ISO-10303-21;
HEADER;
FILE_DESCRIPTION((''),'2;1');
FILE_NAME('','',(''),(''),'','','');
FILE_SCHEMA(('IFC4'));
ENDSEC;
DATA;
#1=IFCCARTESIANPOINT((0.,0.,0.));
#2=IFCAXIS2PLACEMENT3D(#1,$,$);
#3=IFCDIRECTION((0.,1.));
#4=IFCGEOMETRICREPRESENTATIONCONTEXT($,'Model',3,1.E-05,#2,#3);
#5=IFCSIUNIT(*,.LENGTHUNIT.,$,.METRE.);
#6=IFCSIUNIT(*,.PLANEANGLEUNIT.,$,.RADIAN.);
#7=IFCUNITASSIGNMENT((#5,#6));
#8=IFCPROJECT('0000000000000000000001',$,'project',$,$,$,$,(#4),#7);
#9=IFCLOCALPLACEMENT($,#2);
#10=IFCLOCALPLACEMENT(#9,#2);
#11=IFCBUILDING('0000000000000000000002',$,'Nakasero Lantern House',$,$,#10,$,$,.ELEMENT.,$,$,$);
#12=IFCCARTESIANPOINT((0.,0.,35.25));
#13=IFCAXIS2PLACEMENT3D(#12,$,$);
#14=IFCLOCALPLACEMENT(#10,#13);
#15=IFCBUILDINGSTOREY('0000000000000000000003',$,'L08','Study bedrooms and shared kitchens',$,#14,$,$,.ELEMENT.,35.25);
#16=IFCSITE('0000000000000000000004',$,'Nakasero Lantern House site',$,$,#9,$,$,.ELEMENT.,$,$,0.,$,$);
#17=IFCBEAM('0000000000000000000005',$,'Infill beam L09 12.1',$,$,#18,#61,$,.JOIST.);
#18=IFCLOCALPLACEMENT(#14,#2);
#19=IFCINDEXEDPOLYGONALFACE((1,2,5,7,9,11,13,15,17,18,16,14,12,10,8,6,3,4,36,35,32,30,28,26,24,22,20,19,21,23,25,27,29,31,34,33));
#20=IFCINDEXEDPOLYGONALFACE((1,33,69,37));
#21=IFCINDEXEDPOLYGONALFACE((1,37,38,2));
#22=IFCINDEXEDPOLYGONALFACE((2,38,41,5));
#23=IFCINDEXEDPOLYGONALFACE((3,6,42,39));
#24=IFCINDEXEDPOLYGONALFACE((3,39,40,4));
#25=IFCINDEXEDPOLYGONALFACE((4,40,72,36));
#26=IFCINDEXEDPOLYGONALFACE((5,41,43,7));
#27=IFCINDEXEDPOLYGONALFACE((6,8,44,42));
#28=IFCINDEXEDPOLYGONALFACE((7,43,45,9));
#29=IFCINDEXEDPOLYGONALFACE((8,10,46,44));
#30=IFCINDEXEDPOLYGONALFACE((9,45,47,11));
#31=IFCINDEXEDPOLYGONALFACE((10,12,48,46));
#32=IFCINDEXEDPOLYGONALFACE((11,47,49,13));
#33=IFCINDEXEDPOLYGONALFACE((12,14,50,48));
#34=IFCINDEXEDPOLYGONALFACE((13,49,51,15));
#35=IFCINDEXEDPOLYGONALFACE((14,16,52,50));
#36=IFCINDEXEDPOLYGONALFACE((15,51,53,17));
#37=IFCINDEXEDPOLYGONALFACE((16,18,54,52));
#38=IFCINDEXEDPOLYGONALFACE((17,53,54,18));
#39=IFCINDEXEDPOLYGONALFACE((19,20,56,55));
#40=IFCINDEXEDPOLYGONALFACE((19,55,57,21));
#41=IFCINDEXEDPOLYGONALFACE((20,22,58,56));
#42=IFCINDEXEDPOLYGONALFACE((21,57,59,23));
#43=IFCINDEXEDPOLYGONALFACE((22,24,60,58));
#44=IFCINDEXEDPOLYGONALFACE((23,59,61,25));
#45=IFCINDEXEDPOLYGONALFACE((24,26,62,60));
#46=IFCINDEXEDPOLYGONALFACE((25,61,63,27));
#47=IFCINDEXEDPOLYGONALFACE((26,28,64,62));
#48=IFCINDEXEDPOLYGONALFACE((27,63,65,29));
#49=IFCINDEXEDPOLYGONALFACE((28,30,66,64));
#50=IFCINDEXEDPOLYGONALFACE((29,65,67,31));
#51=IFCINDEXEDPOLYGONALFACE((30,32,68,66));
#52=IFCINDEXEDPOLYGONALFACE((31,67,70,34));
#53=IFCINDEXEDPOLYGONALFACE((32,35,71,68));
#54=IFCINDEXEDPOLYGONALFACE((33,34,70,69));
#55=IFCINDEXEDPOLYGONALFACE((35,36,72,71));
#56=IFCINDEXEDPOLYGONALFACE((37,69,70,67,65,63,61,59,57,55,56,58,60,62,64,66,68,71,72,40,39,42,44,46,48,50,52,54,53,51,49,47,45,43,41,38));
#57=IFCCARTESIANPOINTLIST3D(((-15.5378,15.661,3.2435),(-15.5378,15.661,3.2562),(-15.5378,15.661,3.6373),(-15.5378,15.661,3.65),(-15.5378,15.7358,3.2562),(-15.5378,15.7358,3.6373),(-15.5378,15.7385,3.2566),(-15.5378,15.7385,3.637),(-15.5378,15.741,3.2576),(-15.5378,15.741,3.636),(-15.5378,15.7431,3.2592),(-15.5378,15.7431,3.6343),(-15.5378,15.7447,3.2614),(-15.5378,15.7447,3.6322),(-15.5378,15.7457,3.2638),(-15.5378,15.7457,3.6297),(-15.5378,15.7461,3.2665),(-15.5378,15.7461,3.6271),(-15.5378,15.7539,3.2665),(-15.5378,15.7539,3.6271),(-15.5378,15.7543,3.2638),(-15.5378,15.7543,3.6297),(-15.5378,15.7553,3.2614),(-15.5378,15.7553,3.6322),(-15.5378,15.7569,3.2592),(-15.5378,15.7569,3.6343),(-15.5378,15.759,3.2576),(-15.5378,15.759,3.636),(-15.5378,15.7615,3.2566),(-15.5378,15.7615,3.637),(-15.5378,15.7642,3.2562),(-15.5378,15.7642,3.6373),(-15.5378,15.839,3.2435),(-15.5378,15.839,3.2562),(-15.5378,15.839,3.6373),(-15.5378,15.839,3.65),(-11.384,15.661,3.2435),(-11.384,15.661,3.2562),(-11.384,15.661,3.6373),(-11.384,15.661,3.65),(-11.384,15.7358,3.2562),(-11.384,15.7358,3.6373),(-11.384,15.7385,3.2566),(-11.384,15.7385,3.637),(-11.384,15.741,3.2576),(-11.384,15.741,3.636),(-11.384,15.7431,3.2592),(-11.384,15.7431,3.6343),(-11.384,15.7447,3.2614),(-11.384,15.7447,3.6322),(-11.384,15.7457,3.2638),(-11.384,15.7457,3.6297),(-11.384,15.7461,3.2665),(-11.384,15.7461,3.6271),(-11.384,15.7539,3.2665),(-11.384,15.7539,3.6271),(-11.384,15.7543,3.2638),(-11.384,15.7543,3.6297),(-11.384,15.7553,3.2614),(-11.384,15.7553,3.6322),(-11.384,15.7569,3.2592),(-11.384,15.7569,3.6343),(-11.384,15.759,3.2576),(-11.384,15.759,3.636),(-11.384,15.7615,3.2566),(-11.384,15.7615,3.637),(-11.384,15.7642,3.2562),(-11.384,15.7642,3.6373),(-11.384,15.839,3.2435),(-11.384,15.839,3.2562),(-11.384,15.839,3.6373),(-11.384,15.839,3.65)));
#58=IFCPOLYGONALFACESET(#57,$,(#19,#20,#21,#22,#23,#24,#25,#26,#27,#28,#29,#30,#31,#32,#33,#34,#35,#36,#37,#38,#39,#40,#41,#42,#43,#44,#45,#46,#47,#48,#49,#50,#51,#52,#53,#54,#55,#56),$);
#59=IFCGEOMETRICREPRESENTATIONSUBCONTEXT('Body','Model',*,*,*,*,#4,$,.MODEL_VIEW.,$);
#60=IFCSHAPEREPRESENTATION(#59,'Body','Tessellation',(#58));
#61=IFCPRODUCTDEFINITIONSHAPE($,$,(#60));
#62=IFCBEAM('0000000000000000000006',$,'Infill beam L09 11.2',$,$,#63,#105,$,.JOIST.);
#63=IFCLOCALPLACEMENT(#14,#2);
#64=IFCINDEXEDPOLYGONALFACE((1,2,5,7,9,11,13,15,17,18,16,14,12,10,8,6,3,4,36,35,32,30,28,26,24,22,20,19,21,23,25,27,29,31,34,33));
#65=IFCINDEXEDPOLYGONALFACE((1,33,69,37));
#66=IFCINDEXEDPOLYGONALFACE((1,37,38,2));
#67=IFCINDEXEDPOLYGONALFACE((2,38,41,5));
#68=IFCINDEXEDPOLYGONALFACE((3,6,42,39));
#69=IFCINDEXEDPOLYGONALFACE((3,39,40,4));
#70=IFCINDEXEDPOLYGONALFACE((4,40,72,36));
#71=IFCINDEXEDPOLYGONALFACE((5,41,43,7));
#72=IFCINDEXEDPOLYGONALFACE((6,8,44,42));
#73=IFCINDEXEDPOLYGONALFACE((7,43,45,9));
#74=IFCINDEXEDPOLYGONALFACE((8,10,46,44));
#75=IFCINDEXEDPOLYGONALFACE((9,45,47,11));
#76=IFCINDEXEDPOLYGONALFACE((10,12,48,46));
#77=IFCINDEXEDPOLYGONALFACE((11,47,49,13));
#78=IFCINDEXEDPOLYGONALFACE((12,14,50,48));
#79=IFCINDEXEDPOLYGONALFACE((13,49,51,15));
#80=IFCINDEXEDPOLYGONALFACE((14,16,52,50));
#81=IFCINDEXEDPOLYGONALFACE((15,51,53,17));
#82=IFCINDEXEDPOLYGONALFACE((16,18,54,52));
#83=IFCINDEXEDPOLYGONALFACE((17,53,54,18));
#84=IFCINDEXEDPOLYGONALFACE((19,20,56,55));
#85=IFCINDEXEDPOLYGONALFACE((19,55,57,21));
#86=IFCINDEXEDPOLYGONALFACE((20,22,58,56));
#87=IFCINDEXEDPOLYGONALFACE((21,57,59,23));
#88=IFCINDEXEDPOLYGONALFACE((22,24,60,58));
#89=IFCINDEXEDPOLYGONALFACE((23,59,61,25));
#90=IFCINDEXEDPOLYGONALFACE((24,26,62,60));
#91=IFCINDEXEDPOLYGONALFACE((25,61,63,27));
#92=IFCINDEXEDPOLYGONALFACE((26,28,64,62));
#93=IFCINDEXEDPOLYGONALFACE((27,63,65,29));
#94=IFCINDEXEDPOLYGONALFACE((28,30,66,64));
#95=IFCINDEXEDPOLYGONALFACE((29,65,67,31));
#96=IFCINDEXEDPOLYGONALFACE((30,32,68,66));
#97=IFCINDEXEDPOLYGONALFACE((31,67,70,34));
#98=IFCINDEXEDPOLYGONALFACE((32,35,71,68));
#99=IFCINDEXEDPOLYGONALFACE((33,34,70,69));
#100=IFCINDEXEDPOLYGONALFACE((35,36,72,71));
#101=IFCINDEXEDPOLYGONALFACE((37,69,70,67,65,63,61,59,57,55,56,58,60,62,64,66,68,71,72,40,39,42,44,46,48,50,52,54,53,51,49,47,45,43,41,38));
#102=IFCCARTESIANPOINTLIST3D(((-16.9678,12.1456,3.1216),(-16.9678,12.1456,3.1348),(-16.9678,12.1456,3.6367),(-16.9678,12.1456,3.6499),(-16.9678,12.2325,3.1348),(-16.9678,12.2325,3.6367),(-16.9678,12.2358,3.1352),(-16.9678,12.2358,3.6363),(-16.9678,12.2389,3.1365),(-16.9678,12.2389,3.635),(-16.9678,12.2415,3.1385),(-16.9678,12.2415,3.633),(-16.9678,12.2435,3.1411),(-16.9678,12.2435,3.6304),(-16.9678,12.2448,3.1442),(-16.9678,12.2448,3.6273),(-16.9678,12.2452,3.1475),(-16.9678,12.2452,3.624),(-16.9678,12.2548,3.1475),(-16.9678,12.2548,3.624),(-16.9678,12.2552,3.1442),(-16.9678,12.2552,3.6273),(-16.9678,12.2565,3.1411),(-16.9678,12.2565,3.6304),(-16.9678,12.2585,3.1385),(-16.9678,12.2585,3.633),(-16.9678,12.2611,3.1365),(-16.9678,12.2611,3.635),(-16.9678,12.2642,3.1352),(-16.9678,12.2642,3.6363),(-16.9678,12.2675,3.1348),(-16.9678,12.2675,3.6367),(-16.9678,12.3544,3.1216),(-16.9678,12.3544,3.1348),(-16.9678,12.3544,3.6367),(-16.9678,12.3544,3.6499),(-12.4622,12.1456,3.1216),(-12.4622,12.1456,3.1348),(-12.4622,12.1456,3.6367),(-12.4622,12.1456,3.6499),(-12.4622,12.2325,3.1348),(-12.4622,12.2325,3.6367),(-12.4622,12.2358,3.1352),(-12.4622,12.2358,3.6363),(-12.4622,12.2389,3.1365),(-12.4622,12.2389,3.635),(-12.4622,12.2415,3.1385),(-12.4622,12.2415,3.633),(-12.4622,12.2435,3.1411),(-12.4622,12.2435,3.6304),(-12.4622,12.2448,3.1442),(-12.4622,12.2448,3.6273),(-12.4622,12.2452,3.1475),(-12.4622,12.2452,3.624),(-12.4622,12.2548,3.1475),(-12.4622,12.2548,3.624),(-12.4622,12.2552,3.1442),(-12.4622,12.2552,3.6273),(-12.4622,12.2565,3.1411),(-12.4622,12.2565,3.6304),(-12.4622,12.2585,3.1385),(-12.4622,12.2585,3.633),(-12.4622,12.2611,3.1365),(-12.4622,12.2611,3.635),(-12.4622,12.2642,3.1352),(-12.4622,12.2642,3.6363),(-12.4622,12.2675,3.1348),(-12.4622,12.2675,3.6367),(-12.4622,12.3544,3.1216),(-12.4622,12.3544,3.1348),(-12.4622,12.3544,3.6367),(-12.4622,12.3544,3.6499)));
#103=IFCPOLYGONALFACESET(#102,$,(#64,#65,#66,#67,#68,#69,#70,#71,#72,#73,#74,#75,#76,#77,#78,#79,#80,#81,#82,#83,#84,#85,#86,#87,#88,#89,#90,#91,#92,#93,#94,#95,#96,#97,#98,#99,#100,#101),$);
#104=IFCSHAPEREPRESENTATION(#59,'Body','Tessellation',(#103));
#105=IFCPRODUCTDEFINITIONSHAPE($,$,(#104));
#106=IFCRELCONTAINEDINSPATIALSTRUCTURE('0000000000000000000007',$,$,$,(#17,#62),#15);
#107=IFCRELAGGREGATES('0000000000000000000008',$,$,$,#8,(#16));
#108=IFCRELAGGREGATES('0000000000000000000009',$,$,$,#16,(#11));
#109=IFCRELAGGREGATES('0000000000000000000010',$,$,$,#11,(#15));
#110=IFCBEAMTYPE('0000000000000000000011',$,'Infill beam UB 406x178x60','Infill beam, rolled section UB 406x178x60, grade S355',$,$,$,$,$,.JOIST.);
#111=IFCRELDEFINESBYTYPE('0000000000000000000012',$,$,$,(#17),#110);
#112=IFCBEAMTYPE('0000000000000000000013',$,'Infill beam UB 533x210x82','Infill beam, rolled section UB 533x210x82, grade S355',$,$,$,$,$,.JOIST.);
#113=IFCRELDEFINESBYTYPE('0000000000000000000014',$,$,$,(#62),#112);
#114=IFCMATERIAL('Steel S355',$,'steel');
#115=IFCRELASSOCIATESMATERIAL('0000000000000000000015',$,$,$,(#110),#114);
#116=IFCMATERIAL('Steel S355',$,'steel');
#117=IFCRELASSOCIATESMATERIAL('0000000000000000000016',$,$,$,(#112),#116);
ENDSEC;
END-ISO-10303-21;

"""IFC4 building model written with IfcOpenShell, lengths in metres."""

from ifc_helpers import new_model, si_unit, direction, frame, origin, origin_2d, place, context, subcontext, project, spatial, i_section, extrude, material, material_profile, profile_set, type_object, element, save


model = new_model("IFC4")

# Units and contexts
model_context = context("Model", 3, precision=1e-05, world=origin(), true_north=direction((0.0, 1.0)))
body_context = subcontext(model_context, "Body", "Model", "MODEL_VIEW")
ifc_project = project(units=[si_unit("LENGTHUNIT", "METRE"), si_unit("PLANEANGLEUNIT", "RADIAN")], contexts=[model_context])

# Site, building, storey
site_placement = place(None, origin())
site = spatial("IfcSite", under=ifc_project, at=site_placement, Name="Nakasero Lantern House site", CompositionType="ELEMENT", RefElevation=0.0)
building_placement = place(site_placement, origin())
building = spatial("IfcBuilding", under=site, at=building_placement, Name="Nakasero Lantern House", CompositionType="ELEMENT")
storey_placement = place(building_placement, frame((0.0, 0.0, 35.25)))
storey = spatial("IfcBuildingStorey", under=building, at=storey_placement, Name="L08", Description="Study bedrooms and shared kitchens", CompositionType="ELEMENT", Elevation=35.25)

# Beams
ifc_material_1 = material(Name="Steel S355", Category="steel")
ifc_material_profile_1 = material_profile(ifc_material_1, i_section(OverallWidth=0.178, OverallDepth=0.4065, WebThickness=0.0078, FlangeThickness=0.0127, FilletRadius=0.0103, at=origin_2d()), Name="UB 406x178x60")
ifc_profile_set_1 = profile_set([ifc_material_profile_1], Name="Steel S355")
beam_type_1 = type_object("IfcBeamType", Name="Infill beam UB 406x178x60", Description="Infill beam, rolled section UB 406x178x60, grade S355", PredefinedType="JOIST", material=ifc_profile_set_1)
beam_1_placement = place(storey_placement, frame((-15.5378, 15.75, 3.4468), z_axis=(1.0, 0.0, 0.0), x_axis=(0.0, 1.0, 0.0)))
element("IfcBeam", 1, at=beam_1_placement, inside=storey, type_object=beam_type_1, Name="Infill beam L09 12.1", PredefinedType="JOIST", context=body_context, shape_type="SweptSolid", body=[
    extrude(i_section(OverallWidth=0.178, OverallDepth=0.4065, WebThickness=0.0078, FlangeThickness=0.0127, FilletRadius=0.0103, at=origin_2d()), origin(), (0.0, 0.0, 1.0), 4.1538),
])
ifc_material_2 = material(Name="Steel S355", Category="steel")
ifc_material_profile_2 = material_profile(ifc_material_2, i_section(OverallWidth=0.2087, OverallDepth=0.5283, WebThickness=0.0095, FlangeThickness=0.0132, FilletRadius=0.0127, at=origin_2d()), Name="UB 533x210x82")
ifc_profile_set_2 = profile_set([ifc_material_profile_2], Name="Steel S355")
beam_type_2 = type_object("IfcBeamType", Name="Infill beam UB 533x210x82", Description="Infill beam, rolled section UB 533x210x82, grade S355", PredefinedType="JOIST", material=ifc_profile_set_2)
beam_2_placement = place(storey_placement, frame((-16.9678, 12.25, 3.3857), z_axis=(1.0, 0.0, 0.0), x_axis=(0.0, 1.0, 0.0)))
element("IfcBeam", 2, at=beam_2_placement, inside=storey, type_object=beam_type_2, Name="Infill beam L09 11.2", PredefinedType="JOIST", context=body_context, shape_type="SweptSolid", body=[
    extrude(i_section(OverallWidth=0.2087, OverallDepth=0.5283, WebThickness=0.0095, FlangeThickness=0.0132, FilletRadius=0.0127, at=origin_2d()), origin(), (0.0, 0.0, 1.0), 4.5056),
])

save(model, "model.ifc")
